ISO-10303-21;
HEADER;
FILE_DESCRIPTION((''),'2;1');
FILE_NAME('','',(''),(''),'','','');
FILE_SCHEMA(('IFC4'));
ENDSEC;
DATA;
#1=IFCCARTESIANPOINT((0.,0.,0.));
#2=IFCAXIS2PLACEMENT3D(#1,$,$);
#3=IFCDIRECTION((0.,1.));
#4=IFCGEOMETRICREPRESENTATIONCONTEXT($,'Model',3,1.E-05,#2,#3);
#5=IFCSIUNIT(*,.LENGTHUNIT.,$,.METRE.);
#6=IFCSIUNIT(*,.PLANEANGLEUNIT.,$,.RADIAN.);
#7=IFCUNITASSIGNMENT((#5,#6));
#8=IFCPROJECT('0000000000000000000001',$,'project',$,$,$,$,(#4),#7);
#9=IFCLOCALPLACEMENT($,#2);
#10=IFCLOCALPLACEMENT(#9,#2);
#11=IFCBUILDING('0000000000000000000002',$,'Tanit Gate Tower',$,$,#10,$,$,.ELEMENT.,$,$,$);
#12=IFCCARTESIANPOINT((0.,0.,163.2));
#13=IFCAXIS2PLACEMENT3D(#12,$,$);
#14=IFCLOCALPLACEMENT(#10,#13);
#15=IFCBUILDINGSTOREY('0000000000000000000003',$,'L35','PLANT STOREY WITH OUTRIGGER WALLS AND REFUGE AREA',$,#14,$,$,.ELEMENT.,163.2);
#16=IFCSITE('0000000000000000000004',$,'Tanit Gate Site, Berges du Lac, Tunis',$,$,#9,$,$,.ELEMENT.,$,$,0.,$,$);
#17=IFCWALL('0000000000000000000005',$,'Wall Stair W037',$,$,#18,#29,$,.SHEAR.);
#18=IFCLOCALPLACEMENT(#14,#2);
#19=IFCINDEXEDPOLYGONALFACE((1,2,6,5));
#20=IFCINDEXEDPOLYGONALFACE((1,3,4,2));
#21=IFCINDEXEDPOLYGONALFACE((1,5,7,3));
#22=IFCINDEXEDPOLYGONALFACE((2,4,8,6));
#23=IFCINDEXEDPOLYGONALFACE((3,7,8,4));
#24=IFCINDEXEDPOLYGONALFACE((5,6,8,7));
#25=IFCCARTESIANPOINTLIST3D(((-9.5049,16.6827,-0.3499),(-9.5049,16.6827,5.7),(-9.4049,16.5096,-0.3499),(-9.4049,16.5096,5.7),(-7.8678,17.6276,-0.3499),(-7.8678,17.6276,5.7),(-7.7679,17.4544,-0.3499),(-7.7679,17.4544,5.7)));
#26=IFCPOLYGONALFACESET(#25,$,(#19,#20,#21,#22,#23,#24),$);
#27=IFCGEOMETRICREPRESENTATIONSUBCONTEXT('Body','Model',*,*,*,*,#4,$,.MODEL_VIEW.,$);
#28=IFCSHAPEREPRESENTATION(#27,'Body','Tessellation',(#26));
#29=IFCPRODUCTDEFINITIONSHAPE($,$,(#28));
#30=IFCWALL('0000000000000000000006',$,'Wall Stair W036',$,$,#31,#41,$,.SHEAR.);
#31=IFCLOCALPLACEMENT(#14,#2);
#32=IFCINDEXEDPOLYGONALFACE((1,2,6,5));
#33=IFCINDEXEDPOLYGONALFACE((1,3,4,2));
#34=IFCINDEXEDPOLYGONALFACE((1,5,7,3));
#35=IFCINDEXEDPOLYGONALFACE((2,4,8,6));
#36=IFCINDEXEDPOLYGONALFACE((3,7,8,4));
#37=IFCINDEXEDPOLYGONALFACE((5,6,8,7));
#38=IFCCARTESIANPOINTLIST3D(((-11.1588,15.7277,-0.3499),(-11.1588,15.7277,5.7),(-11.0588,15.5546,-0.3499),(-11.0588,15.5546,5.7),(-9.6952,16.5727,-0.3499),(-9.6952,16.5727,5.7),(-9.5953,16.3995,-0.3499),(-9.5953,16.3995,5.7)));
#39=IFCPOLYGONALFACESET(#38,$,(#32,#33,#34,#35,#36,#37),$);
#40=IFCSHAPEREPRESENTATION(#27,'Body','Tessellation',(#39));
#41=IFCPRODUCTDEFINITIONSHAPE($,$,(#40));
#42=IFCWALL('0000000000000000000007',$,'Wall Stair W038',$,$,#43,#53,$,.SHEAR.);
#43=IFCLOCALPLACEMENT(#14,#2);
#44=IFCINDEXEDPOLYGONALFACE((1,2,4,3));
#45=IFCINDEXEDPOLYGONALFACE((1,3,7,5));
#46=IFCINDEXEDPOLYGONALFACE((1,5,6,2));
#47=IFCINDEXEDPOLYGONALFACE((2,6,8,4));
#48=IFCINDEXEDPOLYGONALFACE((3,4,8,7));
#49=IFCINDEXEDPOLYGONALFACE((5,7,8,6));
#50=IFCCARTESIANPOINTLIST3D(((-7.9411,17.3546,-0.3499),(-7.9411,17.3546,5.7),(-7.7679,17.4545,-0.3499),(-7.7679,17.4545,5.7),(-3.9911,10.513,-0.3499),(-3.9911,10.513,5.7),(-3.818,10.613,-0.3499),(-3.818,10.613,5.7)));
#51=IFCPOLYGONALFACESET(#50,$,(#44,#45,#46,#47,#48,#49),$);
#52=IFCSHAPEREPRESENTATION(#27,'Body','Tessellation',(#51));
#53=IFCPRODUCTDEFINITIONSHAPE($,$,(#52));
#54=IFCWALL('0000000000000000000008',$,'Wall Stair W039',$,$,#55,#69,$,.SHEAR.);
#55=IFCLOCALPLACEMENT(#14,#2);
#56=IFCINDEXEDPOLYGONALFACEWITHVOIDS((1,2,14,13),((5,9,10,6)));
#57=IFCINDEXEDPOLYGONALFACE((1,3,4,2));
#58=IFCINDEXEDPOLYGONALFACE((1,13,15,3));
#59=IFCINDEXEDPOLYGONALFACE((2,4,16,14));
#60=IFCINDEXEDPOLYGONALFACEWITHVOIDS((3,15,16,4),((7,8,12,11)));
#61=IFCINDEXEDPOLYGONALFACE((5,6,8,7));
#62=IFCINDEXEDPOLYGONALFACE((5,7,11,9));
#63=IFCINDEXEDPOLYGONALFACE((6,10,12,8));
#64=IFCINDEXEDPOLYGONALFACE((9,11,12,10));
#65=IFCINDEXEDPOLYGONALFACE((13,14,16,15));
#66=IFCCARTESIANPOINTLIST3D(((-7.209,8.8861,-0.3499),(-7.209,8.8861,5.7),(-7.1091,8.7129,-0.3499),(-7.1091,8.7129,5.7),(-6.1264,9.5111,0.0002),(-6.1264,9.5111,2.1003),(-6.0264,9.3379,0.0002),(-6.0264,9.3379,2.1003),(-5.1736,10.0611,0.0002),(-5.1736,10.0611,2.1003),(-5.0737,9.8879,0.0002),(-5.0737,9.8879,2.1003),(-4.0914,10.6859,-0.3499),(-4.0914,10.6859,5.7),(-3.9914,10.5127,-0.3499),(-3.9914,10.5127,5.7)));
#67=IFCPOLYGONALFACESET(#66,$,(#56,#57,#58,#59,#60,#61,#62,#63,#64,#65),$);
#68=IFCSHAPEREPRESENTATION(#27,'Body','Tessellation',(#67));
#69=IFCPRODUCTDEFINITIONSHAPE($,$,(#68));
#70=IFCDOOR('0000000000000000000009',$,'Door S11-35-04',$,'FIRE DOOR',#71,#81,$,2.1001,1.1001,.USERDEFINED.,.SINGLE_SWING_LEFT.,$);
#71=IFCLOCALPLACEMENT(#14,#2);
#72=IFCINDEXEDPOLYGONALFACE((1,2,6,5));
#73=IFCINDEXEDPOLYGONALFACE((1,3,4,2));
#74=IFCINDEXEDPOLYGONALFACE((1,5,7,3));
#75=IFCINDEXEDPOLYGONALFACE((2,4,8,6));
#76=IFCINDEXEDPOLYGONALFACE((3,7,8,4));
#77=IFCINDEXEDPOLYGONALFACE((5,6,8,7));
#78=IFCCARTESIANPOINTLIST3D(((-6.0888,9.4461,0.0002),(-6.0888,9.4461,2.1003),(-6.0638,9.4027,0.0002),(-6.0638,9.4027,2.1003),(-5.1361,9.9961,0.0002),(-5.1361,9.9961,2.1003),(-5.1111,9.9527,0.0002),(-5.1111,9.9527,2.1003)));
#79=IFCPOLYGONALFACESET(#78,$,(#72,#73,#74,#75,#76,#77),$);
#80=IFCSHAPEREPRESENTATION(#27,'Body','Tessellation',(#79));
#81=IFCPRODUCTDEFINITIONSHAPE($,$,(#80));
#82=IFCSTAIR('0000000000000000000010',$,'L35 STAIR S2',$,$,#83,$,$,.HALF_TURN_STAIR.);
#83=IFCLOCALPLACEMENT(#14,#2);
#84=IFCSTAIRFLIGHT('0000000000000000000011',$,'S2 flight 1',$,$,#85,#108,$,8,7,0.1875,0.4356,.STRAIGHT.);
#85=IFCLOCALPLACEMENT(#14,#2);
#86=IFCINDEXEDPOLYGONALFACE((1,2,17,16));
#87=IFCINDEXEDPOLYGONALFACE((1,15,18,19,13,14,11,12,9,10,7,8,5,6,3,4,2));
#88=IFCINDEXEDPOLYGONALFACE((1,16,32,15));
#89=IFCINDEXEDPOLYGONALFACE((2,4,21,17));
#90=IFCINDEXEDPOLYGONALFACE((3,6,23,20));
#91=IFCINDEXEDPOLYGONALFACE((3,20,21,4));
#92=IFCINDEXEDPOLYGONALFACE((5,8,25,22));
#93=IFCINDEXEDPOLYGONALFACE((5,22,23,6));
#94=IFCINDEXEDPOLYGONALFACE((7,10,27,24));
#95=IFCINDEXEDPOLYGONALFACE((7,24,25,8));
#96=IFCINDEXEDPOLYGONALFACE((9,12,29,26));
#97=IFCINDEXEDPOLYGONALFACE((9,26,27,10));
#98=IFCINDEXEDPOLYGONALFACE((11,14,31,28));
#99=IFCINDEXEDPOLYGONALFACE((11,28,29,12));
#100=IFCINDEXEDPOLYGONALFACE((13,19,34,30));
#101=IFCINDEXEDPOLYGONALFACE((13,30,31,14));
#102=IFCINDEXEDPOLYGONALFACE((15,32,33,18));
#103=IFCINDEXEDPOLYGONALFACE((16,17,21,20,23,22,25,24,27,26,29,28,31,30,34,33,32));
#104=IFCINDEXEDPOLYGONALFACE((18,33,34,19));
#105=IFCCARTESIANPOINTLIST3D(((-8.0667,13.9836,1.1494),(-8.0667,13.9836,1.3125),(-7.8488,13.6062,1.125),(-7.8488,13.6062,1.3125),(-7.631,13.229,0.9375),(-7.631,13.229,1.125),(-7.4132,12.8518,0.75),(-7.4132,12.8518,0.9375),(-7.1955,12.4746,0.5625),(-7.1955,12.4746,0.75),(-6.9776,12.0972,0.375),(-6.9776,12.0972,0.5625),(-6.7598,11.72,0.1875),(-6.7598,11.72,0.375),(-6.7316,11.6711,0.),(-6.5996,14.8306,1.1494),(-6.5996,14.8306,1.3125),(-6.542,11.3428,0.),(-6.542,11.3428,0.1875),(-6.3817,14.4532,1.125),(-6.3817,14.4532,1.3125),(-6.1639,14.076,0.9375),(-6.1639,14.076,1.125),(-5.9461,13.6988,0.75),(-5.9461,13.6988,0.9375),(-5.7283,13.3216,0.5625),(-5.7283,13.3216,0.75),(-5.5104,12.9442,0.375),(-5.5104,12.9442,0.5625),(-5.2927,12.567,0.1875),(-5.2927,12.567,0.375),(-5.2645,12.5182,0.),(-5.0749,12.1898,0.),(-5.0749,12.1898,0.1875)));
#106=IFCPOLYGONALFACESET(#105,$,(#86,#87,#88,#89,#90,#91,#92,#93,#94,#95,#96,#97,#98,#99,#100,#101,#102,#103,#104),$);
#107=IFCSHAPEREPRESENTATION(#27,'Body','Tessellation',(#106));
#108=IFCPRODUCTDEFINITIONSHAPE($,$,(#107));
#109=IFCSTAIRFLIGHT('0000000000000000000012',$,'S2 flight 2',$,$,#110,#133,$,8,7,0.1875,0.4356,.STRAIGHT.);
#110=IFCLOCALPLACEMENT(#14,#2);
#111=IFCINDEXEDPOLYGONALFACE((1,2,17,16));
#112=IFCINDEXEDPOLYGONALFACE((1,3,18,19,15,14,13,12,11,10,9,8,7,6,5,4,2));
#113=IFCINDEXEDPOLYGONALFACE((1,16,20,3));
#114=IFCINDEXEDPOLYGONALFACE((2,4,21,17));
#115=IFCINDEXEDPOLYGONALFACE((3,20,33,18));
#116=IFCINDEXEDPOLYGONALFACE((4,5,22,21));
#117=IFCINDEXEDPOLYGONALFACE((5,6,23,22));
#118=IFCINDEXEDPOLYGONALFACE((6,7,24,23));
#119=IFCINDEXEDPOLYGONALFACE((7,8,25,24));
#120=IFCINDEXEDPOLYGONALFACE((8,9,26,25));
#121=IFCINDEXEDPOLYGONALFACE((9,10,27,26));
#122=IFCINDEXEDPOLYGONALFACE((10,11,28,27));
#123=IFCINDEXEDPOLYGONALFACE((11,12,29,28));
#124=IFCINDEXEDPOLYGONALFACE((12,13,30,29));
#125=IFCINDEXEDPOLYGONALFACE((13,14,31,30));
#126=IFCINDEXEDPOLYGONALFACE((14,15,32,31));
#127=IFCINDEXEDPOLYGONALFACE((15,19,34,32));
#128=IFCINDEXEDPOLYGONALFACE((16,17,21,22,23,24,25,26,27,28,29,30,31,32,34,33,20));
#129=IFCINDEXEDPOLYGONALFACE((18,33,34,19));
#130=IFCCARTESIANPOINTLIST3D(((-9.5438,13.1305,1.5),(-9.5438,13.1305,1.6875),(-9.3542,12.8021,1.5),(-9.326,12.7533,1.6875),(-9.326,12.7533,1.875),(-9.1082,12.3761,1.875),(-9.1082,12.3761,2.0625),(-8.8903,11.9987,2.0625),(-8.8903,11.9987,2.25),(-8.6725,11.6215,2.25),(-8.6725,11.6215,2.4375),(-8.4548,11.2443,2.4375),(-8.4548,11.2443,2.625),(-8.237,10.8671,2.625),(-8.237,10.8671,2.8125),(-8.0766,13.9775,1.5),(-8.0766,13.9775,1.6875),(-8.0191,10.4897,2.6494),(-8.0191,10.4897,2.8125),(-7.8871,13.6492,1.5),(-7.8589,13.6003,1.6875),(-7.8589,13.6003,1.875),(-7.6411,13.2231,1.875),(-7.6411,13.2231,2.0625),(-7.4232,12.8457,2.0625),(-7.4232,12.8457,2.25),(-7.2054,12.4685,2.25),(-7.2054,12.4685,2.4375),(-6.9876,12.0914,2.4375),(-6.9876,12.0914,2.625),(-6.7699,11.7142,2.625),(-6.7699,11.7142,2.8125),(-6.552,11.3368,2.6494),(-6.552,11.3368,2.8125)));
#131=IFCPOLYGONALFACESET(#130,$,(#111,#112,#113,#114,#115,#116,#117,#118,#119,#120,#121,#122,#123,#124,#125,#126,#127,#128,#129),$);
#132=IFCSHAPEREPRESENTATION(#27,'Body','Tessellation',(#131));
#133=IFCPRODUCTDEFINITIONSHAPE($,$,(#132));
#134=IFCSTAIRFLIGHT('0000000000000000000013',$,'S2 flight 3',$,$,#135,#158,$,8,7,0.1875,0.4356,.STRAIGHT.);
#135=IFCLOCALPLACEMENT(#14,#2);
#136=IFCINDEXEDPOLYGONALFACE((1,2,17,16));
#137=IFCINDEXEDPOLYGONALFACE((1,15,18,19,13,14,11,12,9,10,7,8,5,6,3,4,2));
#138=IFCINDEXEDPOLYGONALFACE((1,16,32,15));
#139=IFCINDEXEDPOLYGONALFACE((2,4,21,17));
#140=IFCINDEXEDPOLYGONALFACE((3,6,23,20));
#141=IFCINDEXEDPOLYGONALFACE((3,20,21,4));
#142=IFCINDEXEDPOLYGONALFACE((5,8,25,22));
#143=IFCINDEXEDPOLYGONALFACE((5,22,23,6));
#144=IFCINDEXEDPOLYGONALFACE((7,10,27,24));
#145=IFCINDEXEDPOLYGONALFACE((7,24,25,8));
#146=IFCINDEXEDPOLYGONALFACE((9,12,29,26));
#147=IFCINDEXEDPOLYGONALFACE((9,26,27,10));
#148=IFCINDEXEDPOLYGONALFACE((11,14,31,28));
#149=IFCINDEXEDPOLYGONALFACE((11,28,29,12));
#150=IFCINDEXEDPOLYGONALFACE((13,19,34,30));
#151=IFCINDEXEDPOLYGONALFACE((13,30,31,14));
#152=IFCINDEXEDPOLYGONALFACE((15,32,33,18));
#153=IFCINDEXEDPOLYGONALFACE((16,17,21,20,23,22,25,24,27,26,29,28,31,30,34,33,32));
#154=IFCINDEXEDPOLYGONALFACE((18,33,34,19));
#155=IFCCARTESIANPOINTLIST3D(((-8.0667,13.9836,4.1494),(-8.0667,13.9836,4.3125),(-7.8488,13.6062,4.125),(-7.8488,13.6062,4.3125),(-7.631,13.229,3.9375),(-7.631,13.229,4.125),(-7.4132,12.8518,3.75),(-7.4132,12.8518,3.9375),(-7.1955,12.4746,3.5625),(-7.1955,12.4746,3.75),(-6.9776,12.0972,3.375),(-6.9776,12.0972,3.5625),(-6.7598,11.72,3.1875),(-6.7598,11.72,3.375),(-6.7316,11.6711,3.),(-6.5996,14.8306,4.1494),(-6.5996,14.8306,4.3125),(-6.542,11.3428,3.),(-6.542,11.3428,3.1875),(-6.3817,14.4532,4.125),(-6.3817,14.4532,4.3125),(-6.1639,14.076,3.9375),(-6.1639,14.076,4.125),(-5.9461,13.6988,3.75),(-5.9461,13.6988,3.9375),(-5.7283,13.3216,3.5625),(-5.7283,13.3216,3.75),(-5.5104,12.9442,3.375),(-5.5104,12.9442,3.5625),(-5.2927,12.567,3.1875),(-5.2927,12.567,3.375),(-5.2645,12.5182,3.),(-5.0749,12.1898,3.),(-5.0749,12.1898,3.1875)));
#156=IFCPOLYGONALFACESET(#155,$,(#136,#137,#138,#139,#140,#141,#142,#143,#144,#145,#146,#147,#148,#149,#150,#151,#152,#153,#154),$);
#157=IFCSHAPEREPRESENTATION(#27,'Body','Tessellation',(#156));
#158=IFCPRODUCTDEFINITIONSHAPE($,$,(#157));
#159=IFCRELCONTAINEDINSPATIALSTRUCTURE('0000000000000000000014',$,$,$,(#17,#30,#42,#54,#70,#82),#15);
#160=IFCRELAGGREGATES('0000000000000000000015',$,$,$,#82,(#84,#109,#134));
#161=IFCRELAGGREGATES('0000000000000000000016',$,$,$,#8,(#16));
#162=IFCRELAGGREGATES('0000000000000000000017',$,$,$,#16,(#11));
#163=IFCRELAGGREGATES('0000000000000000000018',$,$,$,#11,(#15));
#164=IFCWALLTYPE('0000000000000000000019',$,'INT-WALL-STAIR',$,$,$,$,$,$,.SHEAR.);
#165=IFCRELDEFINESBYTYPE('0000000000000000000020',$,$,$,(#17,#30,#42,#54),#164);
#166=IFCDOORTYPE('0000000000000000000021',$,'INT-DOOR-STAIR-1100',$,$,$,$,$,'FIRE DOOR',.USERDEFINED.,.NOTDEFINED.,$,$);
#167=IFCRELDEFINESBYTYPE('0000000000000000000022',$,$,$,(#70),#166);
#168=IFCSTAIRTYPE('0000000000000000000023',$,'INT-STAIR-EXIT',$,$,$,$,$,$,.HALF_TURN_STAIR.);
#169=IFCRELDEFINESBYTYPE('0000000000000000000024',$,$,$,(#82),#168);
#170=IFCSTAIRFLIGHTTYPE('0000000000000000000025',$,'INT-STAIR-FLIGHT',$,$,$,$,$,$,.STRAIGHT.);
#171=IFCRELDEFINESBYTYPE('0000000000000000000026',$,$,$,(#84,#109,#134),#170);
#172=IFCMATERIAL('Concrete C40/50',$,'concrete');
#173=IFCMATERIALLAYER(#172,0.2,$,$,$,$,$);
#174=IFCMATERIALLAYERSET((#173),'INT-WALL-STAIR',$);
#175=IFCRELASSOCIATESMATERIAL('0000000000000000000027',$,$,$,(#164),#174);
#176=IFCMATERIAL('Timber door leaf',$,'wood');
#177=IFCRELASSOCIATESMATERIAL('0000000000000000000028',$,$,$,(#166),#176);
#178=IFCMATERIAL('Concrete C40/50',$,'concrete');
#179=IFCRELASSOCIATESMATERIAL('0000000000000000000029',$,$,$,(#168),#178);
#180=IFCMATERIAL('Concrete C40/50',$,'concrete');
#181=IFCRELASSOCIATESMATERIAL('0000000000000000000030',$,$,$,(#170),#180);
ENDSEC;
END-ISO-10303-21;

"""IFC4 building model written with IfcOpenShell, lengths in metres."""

from ifc_helpers import new_model, si_unit, direction, frame, frame_2d, origin, place, context, subcontext, project, spatial, polyline, rectangle, outline, extrude, material, layer, layer_set, type_object, element, fill, aggregate, save


model = new_model("IFC4")

# Units and contexts
model_context = context("Model", 3, precision=1e-05, world=origin(), true_north=direction((0.0, 1.0)))
body_context = subcontext(model_context, "Body", "Model", "MODEL_VIEW")
ifc_project = project(units=[si_unit("LENGTHUNIT", "METRE"), si_unit("PLANEANGLEUNIT", "RADIAN")], contexts=[model_context])

# Site, building, storey
site_placement = place(None, origin())
site = spatial("IfcSite", under=ifc_project, at=site_placement, Name="Tanit Gate Site, Berges du Lac, Tunis", CompositionType="ELEMENT", RefElevation=0.0)
building_placement = place(site_placement, origin())
building = spatial("IfcBuilding", under=site, at=building_placement, Name="Tanit Gate Tower", CompositionType="ELEMENT")
storey_placement = place(building_placement, frame((0.0, 0.0, 163.2)))
storey = spatial("IfcBuildingStorey", under=building, at=storey_placement, Name="L35", Description="PLANT STOREY WITH OUTRIGGER WALLS AND REFUGE AREA", CompositionType="ELEMENT", Elevation=163.2)

# Walls
ifc_material_1 = material(Name="Concrete C40/50", Category="concrete")
ifc_layer_1 = layer(ifc_material_1, 0.2)
ifc_layer_set_1 = layer_set([ifc_layer_1], Name="INT-WALL-STAIR")
wall_type_1 = type_object("IfcWallType", Name="INT-WALL-STAIR", PredefinedType="SHEAR", material=ifc_layer_set_1)
wall_1_placement = place(storey_placement, frame((-7.8179, 17.541, -0.3499), z_axis=(0.0, 0.0, 1.0), x_axis=(-0.866089, -0.49989, 0.0)))
element("IfcWall", 1, at=wall_1_placement, inside=storey, type_object=wall_type_1, Name="Wall Stair W037", PredefinedType="SHEAR", context=body_context, shape_type="SweptSolid", body=[
    extrude(rectangle(XDim=1.8901, YDim=0.2, at=frame_2d((0.9451, 0.0))), origin(), (0.0, 0.0, 1.0), 6.0498),
])
wall_2_placement = place(storey_placement, frame((-9.6453, 16.4861, -0.3499), z_axis=(0.0, 0.0, 1.0), x_axis=(-0.866039, -0.499977, 0.0)))
element("IfcWall", 2, at=wall_2_placement, inside=storey, type_object=wall_type_1, Name="Wall Stair W036", PredefinedType="SHEAR", context=body_context, shape_type="SweptSolid", body=[
    extrude(rectangle(XDim=1.6899, YDim=0.2, at=frame_2d((0.845, 0.0))), origin(), (0.0, 0.0, 1.0), 6.0498),
])
wall_3_placement = place(storey_placement, frame((-7.8545, 17.4045, -0.3499), z_axis=(0.0, 0.0, 1.0), x_axis=(0.499998, -0.866027, 0.0)))
element("IfcWall", 3, at=wall_3_placement, inside=storey, type_object=wall_type_1, Name="Wall Stair W038", PredefinedType="SHEAR", context=body_context, shape_type="SweptSolid", body=[
    extrude(rectangle(XDim=7.8999, YDim=0.2, at=frame_2d((3.95, 0.0))), origin(), (0.0, 0.0, 1.0), 6.0498),
])

# Wall, opening, door
wall_4_placement = place(storey_placement, frame((-7.1589, 8.7996, -0.3499), z_axis=(0.0, 0.0, 1.0), x_axis=(0.866048, 0.499961, 0.0)))
wall_4 = element("IfcWall", 4, at=wall_4_placement, inside=storey, type_object=wall_type_1, Name="Wall Stair W039", PredefinedType="SHEAR", context=body_context, shape_type="SweptSolid", body=[
    extrude(rectangle(XDim=3.5999, YDim=0.2, at=frame_2d((1.7998, 0.0))), origin(), (0.0, 0.0, 1.0), 6.0498),
])
opening_1_placement = place(wall_4_placement, frame((1.25, 0.0, 0.3501)))
opening_1 = element("IfcOpeningElement", 5, at=opening_1_placement, cuts=wall_4, PredefinedType="OPENING", context=body_context, shape_type="SweptSolid", body=[
    extrude(rectangle(XDim=1.1001, YDim=2.1001, at=frame_2d((0.55, 1.05))), frame((0.0, 0.1099, 0.0), z_axis=(0.0, -1.0, 0.0), x_axis=(1.0, 0.0, 0.0)), (0.0, 0.0, 1.0), 0.22),
])
ifc_material_2 = material(Name="Timber door leaf", Category="wood")
door_type_1 = type_object("IfcDoorType", Name="INT-DOOR-STAIR-1100", ElementType="FIRE DOOR", OperationType="NOTDEFINED", PredefinedType="USERDEFINED", material=ifc_material_2)
door_1_placement = place(opening_1_placement, origin())
door_1 = element("IfcDoor", 6, at=door_1_placement, inside=storey, type_object=door_type_1, Name="Door S11-35-04", ObjectType="FIRE DOOR", OperationType="SINGLE_SWING_LEFT", OverallHeight=2.1001, OverallWidth=1.1001, PredefinedType="USERDEFINED", context=body_context, shape_type="SweptSolid", body=[
    extrude(rectangle(XDim=1.1001, YDim=2.1001, at=frame_2d((0.55, 1.05))), frame((0.0, 0.0249, 0.0), z_axis=(0.0, -1.0, 0.0), x_axis=(1.0, 0.0, 0.0)), (0.0, 0.0, 1.0), 0.05),
])
fill(opening_1, door_1)

# Stair, stair flights
ifc_material_3 = material(Name="Concrete C40/50", Category="concrete")
stair_type = type_object("IfcStairType", Name="INT-STAIR-EXIT", PredefinedType="HALF_TURN_STAIR", material=ifc_material_3)
stair_placement = place(storey_placement, origin())
stair = element("IfcStair", 7, at=stair_placement, inside=storey, type_object=stair_type, Name="L35 STAIR S2", PredefinedType="HALF_TURN_STAIR")
ifc_material_4 = material(Name="Concrete C40/50", Category="concrete")
stair_flight_type = type_object("IfcStairFlightType", Name="INT-STAIR-FLIGHT", PredefinedType="STRAIGHT", material=ifc_material_4)
stair_flight_1_placement = place(storey_placement, frame((-5.8083, 11.7664, 0.0), z_axis=(0.0, 0.0, 1.0), x_axis=(-0.5, 0.866025, 0.0)))
stair_flight_1 = element("IfcStairFlight", 8, at=stair_flight_1_placement, type_object=stair_flight_type, Name="S2 flight 1", NumberOfRisers=8, NumberOfTreads=7, PredefinedType="STRAIGHT", RiserHeight=0.1875, TreadLength=0.4356, context=body_context, shape_type="SweptSolid", body=[
    extrude(outline(polyline([(0.0, 0.0), (0.0, 0.1875), (0.4355, 0.1875), (0.4355, 0.375), (0.8711, 0.375), (0.8711, 0.5625), (1.3069, 0.5625), (1.3069, 0.75), (1.7424, 0.75), (1.7424, 0.9375), (2.178, 0.9375), (2.178, 1.125), (2.6135, 1.125), (2.6135, 1.3125), (3.0493, 1.3125), (3.0493, 1.5), (3.0493, 1.1494), (0.3792, 0.0), (0.0, 0.0)])), frame((0.0, 0.8472, 0.0), z_axis=(0.0, -1.0, 0.0), x_axis=(1.0, 0.0, 0.0)), (0.0, 0.0, 1.0), 1.6941),
])
stair_flight_2_placement = place(storey_placement, frame((-8.8103, 13.554, 1.5), z_axis=(0.0, 0.0, 1.0), x_axis=(0.5, -0.866025, 0.0)))
stair_flight_2 = element("IfcStairFlight", 9, at=stair_flight_2_placement, type_object=stair_flight_type, Name="S2 flight 2", NumberOfRisers=8, NumberOfTreads=7, PredefinedType="STRAIGHT", RiserHeight=0.1875, TreadLength=0.4356, context=body_context, shape_type="SweptSolid", body=[
    extrude(outline(polyline([(0.0, 0.0), (0.0, 0.1875), (0.4355, 0.1875), (0.4355, 0.375), (0.8711, 0.375), (0.8711, 0.5625), (1.3069, 0.5625), (1.3069, 0.75), (1.7424, 0.75), (1.7424, 0.9375), (2.178, 0.9375), (2.178, 1.125), (2.6135, 1.125), (2.6135, 1.3125), (3.0493, 1.3125), (3.0493, 1.5), (3.0493, 1.1494), (0.3792, 0.0), (0.0, 0.0)])), frame((0.0, 0.8472, 0.0), z_axis=(0.0, -1.0, 0.0), x_axis=(1.0, 0.0, 0.0)), (0.0, 0.0, 1.0), 1.6941),
])
stair_flight_3_placement = place(storey_placement, frame((-5.8083, 11.7664, 3.0), z_axis=(0.0, 0.0, 1.0), x_axis=(-0.5, 0.866025, 0.0)))
stair_flight_3 = element("IfcStairFlight", 10, at=stair_flight_3_placement, type_object=stair_flight_type, Name="S2 flight 3", NumberOfRisers=8, NumberOfTreads=7, PredefinedType="STRAIGHT", RiserHeight=0.1875, TreadLength=0.4356, context=body_context, shape_type="SweptSolid", body=[
    extrude(outline(polyline([(0.0, 0.0), (0.0, 0.1875), (0.4355, 0.1875), (0.4355, 0.375), (0.8711, 0.375), (0.8711, 0.5625), (1.3069, 0.5625), (1.3069, 0.75), (1.7424, 0.75), (1.7424, 0.9375), (2.178, 0.9375), (2.178, 1.125), (2.6135, 1.125), (2.6135, 1.3125), (3.0493, 1.3125), (3.0493, 1.5), (3.0493, 1.1494), (0.3792, 0.0), (0.0, 0.0)])), frame((0.0, 0.8472, 0.0), z_axis=(0.0, -1.0, 0.0), x_axis=(1.0, 0.0, 0.0)), (0.0, 0.0, 1.0), 1.6941),
])
aggregate(stair, [stair_flight_1, stair_flight_2, stair_flight_3])

save(model, "model.ifc")
